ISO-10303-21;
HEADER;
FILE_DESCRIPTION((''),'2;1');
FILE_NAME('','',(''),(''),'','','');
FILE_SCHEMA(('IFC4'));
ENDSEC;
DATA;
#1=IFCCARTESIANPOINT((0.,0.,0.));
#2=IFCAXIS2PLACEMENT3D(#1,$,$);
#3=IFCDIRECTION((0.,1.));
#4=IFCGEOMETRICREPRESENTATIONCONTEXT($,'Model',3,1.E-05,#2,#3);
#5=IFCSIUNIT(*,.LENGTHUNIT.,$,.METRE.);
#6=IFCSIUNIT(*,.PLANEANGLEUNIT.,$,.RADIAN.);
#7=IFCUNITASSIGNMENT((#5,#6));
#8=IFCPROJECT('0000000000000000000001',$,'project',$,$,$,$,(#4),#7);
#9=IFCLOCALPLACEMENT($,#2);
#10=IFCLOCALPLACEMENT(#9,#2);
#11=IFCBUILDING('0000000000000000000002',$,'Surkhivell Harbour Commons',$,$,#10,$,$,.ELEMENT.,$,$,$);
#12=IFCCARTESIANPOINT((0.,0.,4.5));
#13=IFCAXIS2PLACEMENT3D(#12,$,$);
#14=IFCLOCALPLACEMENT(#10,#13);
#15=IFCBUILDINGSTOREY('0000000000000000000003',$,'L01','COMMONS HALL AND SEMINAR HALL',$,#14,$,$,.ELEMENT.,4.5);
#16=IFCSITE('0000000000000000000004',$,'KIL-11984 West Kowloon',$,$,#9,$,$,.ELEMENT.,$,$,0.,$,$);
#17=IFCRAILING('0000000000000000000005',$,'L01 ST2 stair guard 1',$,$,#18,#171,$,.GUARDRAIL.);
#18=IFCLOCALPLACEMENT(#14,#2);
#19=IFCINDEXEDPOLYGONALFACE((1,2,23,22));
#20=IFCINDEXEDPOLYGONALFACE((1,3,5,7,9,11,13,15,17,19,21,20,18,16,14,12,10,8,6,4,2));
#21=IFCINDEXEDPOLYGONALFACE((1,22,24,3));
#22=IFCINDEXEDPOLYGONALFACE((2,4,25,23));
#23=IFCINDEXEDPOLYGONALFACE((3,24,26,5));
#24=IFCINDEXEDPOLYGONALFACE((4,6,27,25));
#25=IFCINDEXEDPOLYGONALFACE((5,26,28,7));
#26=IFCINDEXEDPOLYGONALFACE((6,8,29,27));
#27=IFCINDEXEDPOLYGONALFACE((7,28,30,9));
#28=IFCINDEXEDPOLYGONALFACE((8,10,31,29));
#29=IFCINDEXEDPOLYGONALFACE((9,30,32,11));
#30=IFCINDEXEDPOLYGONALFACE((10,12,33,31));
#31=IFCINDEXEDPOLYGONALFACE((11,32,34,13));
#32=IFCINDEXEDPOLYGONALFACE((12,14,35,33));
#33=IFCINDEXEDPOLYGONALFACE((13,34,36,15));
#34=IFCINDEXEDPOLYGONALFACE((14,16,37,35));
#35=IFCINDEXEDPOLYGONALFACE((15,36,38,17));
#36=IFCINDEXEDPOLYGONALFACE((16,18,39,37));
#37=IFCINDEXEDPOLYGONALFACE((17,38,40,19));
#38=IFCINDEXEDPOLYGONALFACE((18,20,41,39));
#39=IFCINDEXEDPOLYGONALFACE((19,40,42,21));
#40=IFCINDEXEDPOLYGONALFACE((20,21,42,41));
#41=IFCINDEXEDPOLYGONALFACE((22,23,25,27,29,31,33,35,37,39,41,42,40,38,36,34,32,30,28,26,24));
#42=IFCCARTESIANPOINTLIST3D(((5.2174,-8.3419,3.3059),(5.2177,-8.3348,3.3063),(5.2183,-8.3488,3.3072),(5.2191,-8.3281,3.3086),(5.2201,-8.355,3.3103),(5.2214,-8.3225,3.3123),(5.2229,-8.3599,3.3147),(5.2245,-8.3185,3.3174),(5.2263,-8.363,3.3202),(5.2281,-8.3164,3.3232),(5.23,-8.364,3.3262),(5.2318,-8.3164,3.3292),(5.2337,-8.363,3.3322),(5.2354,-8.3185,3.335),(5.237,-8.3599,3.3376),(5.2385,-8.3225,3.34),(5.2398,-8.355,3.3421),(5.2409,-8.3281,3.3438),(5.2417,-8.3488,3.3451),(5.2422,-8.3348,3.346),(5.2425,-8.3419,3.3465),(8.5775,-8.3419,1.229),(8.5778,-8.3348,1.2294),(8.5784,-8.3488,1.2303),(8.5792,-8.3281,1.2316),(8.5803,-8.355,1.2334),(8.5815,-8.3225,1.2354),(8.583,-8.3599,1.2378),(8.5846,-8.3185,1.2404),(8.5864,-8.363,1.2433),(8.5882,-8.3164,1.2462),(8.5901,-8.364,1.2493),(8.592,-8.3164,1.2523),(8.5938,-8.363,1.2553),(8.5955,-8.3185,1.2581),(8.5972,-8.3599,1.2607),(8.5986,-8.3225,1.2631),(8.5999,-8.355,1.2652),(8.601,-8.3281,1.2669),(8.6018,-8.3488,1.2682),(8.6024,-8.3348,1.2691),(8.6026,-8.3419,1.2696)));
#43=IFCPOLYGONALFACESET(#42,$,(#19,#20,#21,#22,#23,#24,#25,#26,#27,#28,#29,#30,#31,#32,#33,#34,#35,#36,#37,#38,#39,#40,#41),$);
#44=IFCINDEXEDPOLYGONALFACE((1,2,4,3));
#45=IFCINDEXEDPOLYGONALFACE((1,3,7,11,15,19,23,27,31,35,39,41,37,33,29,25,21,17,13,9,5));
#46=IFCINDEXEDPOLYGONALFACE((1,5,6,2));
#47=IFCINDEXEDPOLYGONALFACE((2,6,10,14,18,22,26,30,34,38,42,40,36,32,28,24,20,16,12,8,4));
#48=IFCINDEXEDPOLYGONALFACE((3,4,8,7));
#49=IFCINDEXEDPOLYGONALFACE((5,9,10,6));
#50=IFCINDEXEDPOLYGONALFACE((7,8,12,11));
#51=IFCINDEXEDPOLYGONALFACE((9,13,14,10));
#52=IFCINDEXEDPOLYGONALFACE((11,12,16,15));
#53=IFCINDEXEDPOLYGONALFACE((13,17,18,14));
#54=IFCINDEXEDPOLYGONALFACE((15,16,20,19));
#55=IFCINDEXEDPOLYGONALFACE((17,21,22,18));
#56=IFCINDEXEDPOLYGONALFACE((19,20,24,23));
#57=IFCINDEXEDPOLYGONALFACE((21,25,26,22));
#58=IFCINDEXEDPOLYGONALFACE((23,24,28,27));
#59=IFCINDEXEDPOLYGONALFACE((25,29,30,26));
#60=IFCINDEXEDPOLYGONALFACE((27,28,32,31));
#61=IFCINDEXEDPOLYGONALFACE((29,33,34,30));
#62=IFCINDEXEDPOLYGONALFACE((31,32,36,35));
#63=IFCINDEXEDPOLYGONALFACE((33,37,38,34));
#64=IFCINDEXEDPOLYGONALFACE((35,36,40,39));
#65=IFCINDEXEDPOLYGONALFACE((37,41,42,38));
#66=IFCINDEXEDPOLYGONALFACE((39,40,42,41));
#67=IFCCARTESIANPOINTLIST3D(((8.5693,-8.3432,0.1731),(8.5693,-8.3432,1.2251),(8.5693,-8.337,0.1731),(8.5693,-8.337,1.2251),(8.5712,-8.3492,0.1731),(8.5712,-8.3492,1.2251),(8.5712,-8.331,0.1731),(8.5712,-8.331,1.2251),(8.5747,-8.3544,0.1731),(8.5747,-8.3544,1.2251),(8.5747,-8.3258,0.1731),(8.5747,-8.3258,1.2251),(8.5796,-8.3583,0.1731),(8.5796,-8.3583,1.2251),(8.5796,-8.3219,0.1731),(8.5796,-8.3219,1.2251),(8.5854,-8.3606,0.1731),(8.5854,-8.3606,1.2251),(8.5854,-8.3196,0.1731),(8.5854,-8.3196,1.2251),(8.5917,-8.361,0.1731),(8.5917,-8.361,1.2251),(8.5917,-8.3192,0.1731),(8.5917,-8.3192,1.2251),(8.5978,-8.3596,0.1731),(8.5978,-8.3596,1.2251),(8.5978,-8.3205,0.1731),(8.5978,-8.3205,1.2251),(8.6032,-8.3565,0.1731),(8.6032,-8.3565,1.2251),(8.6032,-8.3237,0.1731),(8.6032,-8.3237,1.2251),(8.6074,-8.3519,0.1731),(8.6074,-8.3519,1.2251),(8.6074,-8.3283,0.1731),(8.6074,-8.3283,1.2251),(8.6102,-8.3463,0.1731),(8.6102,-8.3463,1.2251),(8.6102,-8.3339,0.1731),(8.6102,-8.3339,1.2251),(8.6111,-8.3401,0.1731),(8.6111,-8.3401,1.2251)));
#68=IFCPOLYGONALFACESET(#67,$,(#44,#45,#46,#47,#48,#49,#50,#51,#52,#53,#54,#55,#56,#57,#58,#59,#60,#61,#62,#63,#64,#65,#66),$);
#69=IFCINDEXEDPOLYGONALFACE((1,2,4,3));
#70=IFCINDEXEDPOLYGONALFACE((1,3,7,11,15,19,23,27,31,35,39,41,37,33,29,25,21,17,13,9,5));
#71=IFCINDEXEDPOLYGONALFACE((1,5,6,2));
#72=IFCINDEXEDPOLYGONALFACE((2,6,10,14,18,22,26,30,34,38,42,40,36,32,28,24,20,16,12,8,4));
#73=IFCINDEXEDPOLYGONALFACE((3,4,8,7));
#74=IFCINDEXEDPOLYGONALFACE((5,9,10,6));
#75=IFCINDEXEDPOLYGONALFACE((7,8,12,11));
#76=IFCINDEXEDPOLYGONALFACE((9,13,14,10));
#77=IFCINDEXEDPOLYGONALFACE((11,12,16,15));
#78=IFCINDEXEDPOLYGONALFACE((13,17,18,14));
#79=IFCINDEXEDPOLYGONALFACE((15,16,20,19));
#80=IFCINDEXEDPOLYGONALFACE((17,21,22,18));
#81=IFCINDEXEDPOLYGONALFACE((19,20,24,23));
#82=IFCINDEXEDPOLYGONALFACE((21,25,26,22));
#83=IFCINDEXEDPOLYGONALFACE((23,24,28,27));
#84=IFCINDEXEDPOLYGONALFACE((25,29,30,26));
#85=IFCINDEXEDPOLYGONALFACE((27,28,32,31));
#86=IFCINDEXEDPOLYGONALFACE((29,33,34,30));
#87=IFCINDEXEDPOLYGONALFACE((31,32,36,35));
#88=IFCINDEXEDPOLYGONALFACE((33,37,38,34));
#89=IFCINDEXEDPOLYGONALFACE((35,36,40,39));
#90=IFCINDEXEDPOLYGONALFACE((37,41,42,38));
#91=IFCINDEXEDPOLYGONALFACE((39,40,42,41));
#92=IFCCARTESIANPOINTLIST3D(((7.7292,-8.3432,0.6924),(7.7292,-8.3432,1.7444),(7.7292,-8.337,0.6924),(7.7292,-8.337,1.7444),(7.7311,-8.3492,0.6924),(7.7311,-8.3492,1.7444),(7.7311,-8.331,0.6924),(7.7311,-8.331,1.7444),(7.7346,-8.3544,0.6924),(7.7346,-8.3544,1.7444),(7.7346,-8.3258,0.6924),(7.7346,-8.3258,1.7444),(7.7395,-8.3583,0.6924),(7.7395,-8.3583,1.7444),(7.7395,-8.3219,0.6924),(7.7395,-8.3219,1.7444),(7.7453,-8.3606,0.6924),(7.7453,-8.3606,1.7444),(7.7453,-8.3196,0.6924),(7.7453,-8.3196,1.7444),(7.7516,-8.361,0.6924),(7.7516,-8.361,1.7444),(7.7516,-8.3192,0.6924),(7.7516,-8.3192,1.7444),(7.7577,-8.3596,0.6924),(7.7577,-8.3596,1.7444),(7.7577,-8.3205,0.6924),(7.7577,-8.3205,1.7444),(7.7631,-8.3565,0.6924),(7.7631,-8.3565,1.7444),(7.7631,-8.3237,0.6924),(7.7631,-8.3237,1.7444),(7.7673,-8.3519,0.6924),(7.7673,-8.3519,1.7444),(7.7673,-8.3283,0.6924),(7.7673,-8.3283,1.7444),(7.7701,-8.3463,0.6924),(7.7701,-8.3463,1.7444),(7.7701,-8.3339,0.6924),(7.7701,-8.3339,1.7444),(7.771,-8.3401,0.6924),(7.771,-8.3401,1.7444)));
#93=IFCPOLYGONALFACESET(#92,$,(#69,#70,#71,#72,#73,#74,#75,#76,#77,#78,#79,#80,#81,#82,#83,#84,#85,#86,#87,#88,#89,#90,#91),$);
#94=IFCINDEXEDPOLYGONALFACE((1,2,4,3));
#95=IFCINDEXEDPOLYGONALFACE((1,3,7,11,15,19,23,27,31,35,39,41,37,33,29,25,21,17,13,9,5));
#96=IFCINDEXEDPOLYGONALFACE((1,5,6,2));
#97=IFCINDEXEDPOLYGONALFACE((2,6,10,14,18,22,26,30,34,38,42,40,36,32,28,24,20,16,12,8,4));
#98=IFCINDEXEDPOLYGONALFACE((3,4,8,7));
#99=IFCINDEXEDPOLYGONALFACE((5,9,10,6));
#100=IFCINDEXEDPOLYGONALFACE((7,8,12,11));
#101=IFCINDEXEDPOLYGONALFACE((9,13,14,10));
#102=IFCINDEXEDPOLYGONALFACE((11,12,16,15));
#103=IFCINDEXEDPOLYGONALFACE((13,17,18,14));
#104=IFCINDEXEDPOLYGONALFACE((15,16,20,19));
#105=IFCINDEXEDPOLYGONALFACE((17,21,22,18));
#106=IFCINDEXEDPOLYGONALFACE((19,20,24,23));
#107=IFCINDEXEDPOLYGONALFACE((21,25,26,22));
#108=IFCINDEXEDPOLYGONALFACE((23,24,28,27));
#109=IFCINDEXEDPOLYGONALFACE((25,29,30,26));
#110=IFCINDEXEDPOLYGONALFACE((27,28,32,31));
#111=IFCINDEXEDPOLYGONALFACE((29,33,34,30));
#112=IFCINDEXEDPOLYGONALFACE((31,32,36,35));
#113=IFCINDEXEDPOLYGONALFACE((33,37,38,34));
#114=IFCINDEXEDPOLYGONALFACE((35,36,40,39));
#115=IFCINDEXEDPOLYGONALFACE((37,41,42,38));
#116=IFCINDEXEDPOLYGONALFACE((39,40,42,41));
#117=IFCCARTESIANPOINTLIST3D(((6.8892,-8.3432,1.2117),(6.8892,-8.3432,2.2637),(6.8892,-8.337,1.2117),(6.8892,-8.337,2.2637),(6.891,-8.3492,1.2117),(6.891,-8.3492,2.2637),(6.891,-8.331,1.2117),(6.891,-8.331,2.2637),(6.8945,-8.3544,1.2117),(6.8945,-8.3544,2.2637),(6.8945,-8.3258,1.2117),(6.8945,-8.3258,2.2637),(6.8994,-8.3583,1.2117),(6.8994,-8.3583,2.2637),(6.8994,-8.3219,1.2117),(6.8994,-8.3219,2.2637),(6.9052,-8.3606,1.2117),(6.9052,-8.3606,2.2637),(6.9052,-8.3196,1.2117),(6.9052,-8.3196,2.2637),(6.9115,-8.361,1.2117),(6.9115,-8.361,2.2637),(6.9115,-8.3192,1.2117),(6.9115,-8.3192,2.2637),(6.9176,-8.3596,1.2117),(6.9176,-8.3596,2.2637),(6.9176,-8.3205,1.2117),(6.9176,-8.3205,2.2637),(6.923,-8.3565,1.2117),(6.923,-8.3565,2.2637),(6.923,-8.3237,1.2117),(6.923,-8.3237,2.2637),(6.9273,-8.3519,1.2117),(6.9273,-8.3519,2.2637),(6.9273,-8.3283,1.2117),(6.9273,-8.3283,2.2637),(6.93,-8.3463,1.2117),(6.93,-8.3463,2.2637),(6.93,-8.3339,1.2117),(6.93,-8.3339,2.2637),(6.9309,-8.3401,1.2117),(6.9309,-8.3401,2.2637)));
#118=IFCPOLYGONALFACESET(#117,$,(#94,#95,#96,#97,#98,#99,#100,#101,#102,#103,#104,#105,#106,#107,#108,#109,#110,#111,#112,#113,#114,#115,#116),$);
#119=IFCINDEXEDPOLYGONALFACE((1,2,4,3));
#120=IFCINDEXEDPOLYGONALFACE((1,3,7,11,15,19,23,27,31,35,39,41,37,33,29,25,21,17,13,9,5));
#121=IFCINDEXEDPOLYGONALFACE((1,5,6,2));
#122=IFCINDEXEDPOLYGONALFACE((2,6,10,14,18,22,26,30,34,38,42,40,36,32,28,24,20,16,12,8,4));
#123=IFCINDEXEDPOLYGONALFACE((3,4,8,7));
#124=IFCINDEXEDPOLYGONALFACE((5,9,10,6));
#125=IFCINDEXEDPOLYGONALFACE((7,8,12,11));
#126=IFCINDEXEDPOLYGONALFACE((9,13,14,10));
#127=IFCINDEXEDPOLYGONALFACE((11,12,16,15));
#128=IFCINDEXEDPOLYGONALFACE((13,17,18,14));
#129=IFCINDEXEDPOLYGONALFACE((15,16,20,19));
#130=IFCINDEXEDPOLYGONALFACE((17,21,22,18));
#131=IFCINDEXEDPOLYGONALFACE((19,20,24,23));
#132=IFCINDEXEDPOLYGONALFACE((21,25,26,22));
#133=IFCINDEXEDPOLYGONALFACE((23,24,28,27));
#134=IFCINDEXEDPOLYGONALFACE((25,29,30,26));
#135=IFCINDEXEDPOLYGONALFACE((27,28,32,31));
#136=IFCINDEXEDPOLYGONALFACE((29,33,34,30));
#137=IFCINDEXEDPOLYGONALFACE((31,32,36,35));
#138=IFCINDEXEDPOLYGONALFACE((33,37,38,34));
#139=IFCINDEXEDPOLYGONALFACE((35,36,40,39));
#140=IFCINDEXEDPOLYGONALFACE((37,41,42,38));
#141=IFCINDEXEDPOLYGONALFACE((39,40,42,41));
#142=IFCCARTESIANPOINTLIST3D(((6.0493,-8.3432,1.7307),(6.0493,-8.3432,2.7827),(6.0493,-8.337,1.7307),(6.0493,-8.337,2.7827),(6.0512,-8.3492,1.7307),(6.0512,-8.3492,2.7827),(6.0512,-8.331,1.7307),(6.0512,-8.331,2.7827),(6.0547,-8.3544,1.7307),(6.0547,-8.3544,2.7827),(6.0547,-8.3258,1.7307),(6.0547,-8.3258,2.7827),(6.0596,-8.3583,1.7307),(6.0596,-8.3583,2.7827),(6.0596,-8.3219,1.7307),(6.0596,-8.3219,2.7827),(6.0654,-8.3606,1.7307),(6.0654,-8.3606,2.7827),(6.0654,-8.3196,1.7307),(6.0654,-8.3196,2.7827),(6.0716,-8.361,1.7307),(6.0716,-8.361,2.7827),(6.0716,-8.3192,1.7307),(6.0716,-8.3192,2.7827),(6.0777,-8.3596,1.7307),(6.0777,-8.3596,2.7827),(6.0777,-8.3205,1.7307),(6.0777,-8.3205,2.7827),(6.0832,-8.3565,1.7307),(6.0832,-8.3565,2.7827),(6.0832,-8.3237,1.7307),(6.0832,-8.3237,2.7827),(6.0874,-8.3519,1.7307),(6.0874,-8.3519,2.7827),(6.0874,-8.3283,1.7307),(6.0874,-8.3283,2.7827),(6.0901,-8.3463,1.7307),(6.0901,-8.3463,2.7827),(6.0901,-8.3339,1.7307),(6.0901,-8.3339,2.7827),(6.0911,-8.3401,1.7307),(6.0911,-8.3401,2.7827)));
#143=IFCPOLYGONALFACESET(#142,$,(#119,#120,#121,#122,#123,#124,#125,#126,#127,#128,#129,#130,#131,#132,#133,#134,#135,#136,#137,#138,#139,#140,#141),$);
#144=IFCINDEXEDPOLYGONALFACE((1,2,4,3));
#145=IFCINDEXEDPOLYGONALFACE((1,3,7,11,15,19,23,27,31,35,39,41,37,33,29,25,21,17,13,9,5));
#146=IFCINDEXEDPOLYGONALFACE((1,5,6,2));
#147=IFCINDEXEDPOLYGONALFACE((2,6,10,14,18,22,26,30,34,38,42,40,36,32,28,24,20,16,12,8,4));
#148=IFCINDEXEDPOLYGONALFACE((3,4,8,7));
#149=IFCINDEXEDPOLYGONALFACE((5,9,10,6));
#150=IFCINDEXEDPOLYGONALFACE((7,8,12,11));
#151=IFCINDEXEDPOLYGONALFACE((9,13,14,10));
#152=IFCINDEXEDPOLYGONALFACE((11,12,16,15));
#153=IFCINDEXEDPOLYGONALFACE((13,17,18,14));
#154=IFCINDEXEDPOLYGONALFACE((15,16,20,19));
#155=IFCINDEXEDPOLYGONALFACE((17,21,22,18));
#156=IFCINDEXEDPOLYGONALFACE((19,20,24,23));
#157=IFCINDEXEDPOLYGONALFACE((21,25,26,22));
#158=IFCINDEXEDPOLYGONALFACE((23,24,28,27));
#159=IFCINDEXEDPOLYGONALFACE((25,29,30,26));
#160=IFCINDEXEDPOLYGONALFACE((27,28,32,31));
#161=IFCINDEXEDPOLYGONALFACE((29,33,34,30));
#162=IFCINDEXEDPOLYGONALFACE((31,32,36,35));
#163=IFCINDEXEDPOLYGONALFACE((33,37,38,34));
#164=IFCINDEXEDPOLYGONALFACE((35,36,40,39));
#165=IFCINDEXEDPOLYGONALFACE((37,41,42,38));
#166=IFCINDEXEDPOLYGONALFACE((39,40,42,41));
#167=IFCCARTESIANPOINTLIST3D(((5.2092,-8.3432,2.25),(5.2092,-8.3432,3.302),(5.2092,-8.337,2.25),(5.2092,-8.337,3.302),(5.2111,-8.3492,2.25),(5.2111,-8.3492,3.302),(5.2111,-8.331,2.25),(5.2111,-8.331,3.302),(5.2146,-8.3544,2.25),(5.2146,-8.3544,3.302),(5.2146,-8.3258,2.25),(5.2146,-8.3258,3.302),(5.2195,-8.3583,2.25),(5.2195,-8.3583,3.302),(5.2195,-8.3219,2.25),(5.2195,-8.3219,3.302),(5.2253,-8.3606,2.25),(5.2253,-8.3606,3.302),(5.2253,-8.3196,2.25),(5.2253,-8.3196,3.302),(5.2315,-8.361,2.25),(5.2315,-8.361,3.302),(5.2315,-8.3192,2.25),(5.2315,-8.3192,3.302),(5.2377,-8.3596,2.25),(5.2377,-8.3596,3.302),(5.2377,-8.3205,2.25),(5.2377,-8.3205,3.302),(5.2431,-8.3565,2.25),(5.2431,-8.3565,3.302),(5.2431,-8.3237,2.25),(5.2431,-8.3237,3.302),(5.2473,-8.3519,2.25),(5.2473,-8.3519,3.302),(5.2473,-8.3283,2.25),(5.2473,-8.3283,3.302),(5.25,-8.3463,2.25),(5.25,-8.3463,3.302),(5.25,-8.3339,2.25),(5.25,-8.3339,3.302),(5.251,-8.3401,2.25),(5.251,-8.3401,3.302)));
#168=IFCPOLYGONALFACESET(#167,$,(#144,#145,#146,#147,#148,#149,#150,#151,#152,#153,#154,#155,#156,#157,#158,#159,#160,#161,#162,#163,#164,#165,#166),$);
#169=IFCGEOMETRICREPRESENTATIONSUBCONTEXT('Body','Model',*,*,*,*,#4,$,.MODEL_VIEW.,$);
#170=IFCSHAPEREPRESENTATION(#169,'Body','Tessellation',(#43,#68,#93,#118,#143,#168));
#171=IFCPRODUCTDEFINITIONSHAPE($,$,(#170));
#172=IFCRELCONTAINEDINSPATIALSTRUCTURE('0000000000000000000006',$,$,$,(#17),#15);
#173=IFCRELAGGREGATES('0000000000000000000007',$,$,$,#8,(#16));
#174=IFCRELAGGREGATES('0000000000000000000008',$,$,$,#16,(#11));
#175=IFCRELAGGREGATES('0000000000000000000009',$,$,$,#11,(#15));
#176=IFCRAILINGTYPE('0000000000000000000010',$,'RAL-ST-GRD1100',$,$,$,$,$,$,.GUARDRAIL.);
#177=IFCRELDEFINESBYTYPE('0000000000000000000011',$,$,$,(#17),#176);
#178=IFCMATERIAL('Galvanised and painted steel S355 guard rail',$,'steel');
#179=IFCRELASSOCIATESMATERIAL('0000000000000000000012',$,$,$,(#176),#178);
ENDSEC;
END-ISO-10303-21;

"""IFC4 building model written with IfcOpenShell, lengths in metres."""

from ifc_helpers import new_model, si_unit, direction, frame, origin, origin_2d, place, context, subcontext, project, spatial, circle, extrude, material, type_object, element, save


model = new_model("IFC4")

# Units and contexts
model_context = context("Model", 3, precision=1e-05, world=origin(), true_north=direction((0.0, 1.0)))
body_context = subcontext(model_context, "Body", "Model", "MODEL_VIEW")
ifc_project = project(units=[si_unit("LENGTHUNIT", "METRE"), si_unit("PLANEANGLEUNIT", "RADIAN")], contexts=[model_context])

# Site, building, storey
site_placement = place(None, origin())
site = spatial("IfcSite", under=ifc_project, at=site_placement, Name="KIL-11984 West Kowloon", CompositionType="ELEMENT", RefElevation=0.0)
building_placement = place(site_placement, origin())
building = spatial("IfcBuilding", under=site, at=building_placement, Name="Surkhivell Harbour Commons", CompositionType="ELEMENT")
storey_placement = place(building_placement, frame((0.0, 0.0, 4.5)))
storey = spatial("IfcBuildingStorey", under=building, at=storey_placement, Name="L01", Description="COMMONS HALL AND SEMINAR HALL", CompositionType="ELEMENT", Elevation=4.5)

# Railing
ifc_material_1 = material(Name="Galvanised and painted steel S355 guard rail", Category="steel")
railing_type_1 = type_object("IfcRailingType", Name="RAL-ST-GRD1100", PredefinedType="GUARDRAIL", material=ifc_material_1)
railing_1_placement = place(storey_placement, frame((8.5901, -8.3401, 0.1731)))
element("IfcRailing", 1, at=railing_1_placement, inside=storey, type_object=railing_type_1, Name="L01 ST2 stair guard 1", PredefinedType="GUARDRAIL", context=body_context, shape_type="SweptSolid", body=[
    extrude(circle(Radius=0.0239, at=origin_2d()), frame((0.0, 0.0, 1.0762), z_axis=(-0.850623, 0.0, 0.525776), x_axis=(0.0, -1.0, 0.0)), (0.0, 0.0, 1.0), 3.9502),
    extrude(circle(Radius=0.021, at=origin_2d()), origin(), (0.0, 0.0, 1.0), 1.052),
    extrude(circle(Radius=0.021, at=origin_2d()), frame((-0.8401, 0.0, 0.5193)), (0.0, 0.0, 1.0), 1.052),
    extrude(circle(Radius=0.021, at=origin_2d()), frame((-1.6802, 0.0, 1.0386)), (0.0, 0.0, 1.0), 1.052),
    extrude(circle(Radius=0.021, at=origin_2d()), frame((-2.52, 0.0, 1.5576)), (0.0, 0.0, 1.0), 1.052),
    extrude(circle(Radius=0.021, at=origin_2d()), frame((-3.3601, 0.0, 2.0769)), (0.0, 0.0, 1.0), 1.052),
])

save(model, "model.ifc")
